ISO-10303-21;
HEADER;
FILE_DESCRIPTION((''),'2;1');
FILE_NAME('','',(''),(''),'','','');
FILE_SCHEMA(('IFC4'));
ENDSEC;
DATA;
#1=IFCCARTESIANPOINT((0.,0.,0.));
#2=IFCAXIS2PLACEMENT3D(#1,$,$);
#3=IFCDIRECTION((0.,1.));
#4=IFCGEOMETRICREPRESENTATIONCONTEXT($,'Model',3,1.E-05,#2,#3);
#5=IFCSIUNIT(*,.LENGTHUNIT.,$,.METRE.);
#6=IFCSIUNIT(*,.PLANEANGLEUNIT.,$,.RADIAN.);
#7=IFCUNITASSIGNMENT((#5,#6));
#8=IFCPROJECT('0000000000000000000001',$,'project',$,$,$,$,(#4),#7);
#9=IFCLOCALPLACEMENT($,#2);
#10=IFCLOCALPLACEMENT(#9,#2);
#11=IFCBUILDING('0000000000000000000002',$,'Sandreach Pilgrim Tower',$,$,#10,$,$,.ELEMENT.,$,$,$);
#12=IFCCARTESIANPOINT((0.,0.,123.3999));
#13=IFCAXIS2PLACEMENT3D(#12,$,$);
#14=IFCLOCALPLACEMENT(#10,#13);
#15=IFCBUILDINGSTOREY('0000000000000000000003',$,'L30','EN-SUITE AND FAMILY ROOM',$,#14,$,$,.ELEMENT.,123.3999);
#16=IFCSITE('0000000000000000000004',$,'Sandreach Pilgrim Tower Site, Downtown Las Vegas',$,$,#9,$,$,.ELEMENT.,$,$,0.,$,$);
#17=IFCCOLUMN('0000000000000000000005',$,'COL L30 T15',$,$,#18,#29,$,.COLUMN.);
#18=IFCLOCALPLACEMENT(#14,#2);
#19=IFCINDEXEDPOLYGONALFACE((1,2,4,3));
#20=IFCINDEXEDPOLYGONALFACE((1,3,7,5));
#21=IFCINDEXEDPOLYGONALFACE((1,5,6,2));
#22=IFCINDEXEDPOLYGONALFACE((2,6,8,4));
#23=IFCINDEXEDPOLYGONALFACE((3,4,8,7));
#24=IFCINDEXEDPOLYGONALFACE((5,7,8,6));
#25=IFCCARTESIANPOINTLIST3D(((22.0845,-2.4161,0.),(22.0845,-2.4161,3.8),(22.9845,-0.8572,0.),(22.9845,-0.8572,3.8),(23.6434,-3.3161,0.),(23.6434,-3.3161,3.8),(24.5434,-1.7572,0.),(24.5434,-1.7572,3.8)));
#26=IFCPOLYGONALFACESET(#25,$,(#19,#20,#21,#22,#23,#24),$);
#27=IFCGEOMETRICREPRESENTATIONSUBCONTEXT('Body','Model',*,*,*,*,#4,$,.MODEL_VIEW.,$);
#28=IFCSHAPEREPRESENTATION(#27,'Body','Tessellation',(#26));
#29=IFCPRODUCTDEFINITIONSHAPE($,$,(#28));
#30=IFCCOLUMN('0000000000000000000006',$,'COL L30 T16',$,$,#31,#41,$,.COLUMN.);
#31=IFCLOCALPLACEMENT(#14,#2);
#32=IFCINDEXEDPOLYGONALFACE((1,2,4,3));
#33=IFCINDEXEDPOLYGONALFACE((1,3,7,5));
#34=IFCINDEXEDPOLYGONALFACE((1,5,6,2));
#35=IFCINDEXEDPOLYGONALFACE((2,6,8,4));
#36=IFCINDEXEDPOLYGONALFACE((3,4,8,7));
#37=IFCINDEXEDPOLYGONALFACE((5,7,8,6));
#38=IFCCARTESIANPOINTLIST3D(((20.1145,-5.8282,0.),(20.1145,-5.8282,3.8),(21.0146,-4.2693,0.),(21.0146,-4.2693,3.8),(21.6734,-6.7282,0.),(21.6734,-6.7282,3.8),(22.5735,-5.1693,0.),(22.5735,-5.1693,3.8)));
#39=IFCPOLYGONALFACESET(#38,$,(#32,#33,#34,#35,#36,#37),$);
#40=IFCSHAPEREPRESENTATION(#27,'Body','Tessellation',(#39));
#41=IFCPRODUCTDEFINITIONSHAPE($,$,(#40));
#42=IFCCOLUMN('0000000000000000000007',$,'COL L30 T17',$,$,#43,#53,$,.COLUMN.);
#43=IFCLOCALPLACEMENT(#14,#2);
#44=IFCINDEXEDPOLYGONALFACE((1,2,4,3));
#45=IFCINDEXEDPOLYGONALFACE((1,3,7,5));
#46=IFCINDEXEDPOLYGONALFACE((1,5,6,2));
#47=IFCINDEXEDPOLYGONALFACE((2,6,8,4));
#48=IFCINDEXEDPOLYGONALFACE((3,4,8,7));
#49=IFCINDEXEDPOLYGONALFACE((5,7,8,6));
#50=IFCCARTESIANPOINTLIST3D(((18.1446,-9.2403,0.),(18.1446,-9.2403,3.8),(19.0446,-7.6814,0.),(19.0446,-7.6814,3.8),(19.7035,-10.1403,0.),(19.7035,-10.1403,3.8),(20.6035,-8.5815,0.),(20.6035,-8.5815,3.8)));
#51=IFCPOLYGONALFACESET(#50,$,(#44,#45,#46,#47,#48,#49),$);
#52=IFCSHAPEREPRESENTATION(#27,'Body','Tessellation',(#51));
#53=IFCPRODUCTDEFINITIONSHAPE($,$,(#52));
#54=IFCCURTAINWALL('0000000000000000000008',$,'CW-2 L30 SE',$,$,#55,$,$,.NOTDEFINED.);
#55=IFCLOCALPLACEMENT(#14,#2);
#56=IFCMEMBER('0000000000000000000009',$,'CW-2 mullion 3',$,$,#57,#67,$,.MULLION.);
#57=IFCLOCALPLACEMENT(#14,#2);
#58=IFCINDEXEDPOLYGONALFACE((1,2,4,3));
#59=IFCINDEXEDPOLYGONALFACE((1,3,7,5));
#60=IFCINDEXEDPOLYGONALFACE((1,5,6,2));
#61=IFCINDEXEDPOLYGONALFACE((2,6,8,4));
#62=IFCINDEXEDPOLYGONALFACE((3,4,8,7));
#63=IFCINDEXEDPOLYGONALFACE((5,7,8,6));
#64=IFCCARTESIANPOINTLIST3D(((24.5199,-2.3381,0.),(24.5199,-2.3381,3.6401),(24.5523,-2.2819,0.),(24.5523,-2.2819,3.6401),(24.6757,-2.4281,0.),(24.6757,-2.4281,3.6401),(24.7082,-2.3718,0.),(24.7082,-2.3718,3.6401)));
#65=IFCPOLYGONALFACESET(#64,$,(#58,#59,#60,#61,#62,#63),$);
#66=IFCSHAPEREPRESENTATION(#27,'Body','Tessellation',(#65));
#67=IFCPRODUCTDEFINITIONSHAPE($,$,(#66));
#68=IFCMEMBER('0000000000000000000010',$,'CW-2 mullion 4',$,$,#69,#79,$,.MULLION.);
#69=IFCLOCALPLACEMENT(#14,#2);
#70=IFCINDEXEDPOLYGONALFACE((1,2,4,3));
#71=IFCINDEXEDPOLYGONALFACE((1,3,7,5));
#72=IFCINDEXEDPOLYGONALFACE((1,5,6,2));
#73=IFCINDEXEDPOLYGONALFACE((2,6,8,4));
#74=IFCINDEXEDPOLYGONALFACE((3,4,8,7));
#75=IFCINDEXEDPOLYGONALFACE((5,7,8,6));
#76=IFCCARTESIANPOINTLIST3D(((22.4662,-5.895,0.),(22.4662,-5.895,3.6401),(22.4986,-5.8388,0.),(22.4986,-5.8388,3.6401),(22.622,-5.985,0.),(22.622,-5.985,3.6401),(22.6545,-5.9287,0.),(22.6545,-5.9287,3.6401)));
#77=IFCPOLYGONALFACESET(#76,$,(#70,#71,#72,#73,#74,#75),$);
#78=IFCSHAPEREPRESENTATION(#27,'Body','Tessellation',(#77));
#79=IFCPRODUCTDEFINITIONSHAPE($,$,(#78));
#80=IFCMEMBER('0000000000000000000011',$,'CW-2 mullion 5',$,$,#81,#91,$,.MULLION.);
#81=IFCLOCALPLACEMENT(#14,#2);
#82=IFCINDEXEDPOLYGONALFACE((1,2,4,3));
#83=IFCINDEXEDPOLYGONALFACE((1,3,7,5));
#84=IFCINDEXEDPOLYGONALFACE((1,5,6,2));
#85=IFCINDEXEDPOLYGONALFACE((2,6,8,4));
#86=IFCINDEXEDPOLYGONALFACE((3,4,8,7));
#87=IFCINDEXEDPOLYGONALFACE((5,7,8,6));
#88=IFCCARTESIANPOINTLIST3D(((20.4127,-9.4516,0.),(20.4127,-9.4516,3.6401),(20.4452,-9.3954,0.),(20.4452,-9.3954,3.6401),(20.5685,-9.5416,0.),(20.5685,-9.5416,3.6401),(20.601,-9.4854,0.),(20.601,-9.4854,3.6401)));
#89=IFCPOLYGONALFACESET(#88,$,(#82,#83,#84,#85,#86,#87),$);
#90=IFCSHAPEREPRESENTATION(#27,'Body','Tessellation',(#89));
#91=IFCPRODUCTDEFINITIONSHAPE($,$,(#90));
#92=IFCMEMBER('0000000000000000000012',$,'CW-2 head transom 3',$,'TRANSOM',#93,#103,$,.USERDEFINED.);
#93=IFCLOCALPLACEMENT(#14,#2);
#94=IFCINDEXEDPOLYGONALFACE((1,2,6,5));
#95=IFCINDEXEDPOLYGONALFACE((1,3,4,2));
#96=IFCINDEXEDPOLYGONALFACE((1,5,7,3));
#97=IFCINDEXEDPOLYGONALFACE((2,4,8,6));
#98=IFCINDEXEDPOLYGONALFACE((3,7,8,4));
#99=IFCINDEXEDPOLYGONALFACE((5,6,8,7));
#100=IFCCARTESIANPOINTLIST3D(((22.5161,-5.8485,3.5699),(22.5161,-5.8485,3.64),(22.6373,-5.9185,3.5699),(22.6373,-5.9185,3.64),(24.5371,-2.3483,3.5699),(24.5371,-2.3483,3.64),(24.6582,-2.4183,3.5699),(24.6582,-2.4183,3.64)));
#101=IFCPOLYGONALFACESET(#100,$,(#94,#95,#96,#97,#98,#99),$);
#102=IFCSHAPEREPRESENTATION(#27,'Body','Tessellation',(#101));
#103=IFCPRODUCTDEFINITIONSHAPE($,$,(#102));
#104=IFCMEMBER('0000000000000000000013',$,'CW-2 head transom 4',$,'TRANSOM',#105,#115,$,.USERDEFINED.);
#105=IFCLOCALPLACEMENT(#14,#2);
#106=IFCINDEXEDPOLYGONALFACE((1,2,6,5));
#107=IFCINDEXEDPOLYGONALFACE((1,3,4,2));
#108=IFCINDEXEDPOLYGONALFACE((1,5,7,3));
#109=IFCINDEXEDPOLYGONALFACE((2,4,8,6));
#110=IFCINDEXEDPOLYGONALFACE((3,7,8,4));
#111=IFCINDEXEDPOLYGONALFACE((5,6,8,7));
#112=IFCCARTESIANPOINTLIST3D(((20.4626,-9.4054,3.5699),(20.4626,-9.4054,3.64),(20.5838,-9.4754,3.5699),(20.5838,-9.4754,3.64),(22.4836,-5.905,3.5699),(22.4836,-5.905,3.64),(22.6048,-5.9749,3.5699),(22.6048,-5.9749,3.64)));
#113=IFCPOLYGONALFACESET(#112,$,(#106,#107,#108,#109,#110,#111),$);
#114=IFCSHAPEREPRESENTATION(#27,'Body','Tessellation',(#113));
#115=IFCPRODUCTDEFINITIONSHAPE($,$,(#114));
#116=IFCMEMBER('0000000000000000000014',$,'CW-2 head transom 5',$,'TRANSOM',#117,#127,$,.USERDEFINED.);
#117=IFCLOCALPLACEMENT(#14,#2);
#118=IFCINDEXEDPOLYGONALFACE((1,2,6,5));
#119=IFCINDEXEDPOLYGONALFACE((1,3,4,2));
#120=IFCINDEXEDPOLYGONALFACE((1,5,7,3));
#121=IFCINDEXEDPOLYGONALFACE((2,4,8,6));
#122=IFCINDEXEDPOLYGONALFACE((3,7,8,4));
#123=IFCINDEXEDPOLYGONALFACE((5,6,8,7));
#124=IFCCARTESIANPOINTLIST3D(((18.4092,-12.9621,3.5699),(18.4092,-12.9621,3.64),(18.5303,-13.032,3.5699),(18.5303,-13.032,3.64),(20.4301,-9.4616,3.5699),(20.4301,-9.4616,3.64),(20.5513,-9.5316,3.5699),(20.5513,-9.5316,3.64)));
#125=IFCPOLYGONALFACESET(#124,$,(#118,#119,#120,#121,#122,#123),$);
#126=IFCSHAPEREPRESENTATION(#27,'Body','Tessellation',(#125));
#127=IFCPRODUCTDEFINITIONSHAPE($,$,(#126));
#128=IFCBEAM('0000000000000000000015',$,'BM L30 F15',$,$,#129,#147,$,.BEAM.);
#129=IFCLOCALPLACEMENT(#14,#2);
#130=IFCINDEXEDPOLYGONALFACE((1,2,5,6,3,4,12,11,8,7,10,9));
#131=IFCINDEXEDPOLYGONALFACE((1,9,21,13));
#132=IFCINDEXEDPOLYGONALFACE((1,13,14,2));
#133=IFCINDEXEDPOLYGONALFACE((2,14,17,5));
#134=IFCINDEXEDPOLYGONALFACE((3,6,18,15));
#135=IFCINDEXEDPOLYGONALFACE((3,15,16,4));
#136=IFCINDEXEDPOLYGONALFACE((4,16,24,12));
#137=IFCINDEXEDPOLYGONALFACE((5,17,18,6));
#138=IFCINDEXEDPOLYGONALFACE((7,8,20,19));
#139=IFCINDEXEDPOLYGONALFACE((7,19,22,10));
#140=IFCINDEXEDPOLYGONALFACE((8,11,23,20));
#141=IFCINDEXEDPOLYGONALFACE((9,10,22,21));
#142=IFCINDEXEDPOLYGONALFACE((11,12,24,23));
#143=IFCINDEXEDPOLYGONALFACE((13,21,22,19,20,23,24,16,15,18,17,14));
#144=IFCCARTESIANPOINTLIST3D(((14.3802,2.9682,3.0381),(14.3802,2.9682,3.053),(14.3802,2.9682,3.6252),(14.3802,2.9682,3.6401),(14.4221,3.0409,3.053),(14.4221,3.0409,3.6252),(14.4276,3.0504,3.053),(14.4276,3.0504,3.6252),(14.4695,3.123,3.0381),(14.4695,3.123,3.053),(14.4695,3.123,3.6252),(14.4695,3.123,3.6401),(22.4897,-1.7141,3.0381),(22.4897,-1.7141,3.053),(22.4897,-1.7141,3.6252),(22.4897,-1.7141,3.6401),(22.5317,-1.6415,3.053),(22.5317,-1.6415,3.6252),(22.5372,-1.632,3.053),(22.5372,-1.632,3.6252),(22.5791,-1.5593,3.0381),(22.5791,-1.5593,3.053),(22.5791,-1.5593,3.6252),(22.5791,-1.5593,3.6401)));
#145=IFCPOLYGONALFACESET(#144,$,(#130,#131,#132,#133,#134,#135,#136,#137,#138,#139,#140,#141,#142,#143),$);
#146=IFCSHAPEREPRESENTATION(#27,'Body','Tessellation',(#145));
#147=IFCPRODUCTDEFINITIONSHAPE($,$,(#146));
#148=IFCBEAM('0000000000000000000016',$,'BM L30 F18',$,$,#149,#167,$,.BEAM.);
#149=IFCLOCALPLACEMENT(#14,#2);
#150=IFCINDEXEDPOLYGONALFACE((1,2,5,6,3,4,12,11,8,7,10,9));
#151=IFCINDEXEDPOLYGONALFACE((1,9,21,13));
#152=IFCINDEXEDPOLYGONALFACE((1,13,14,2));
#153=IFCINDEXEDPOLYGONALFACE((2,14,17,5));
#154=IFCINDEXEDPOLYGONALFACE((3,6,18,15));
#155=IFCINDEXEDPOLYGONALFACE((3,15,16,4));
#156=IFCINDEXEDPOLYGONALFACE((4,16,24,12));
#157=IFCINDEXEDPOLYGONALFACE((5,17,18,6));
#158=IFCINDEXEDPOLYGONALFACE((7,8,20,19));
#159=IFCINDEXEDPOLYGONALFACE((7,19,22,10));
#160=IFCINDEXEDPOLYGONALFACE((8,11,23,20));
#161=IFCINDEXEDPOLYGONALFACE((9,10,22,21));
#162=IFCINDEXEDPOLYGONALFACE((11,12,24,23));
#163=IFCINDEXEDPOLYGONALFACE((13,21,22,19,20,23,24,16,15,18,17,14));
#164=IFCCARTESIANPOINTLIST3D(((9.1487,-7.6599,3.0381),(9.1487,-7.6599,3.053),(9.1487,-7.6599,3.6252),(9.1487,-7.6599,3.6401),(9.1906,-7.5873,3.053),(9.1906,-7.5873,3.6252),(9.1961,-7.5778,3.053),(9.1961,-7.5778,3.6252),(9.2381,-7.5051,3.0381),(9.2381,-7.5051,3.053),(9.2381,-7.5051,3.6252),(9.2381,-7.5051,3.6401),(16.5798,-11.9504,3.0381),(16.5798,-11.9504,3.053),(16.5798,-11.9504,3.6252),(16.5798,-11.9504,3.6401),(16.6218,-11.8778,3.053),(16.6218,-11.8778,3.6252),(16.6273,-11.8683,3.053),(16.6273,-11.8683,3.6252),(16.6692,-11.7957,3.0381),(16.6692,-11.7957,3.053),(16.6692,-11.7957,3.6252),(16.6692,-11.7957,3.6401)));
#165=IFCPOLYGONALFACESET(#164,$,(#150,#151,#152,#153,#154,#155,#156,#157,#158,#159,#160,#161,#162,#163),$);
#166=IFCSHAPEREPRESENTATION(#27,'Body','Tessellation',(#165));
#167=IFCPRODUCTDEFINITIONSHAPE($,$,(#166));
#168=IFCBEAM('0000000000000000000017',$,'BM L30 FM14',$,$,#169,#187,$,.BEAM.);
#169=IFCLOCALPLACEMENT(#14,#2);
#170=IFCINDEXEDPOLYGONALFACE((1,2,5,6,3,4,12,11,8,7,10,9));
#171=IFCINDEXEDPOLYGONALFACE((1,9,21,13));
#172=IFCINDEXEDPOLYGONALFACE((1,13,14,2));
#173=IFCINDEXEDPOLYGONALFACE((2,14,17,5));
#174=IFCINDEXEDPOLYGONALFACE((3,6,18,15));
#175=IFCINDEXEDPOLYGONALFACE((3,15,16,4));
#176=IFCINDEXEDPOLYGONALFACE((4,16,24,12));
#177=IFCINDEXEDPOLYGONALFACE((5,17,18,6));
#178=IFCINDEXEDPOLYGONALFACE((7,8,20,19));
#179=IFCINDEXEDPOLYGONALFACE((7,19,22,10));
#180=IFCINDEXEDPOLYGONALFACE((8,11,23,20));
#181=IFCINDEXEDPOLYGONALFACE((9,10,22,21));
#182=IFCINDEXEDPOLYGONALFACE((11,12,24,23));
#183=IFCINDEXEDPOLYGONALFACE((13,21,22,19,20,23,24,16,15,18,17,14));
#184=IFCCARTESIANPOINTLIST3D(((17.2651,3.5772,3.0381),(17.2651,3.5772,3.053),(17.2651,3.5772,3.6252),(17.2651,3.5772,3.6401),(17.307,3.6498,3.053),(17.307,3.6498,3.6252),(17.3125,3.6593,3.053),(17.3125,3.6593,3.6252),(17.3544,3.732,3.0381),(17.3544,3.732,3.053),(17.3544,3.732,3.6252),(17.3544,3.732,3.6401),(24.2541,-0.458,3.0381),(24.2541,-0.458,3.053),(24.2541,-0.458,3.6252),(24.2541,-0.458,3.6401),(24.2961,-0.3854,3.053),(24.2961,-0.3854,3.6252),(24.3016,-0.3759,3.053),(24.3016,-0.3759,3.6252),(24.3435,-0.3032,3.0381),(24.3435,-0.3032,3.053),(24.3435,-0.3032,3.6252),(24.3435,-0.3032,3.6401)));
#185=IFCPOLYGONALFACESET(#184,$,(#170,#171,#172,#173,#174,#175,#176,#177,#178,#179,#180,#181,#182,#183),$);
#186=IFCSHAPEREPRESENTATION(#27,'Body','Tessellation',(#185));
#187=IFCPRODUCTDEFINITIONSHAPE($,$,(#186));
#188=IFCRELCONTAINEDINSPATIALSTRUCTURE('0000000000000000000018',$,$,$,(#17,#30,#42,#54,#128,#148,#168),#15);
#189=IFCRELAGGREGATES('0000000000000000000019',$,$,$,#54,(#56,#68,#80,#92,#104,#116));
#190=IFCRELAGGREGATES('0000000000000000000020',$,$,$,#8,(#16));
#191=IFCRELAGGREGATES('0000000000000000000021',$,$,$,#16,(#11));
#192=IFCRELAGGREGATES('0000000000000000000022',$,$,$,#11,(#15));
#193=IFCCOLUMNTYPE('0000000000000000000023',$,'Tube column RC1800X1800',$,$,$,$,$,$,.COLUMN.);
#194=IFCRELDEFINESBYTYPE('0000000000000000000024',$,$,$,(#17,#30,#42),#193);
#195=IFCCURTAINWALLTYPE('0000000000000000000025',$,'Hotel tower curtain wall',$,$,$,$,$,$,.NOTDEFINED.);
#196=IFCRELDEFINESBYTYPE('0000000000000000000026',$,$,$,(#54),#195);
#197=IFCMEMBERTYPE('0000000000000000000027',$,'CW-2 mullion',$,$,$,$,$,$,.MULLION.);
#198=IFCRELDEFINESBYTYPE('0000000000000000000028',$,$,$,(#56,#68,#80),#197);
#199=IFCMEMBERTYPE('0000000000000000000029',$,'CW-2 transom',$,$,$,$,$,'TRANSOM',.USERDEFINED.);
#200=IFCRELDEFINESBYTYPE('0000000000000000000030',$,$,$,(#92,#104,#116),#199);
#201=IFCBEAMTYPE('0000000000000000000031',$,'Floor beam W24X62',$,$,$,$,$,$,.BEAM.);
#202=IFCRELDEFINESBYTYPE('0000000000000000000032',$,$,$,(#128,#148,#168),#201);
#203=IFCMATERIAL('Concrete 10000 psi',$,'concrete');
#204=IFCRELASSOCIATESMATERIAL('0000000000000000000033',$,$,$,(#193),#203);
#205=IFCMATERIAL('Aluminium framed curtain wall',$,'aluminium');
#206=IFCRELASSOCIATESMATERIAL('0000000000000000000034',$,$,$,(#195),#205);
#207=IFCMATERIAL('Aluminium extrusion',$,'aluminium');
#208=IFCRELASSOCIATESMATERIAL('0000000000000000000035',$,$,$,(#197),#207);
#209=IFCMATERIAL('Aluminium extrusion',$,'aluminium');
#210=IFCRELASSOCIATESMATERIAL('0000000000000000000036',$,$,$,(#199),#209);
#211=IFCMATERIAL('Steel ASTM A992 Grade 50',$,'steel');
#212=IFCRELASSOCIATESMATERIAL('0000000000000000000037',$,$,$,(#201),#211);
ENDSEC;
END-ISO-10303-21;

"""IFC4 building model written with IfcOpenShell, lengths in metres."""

from ifc_helpers import new_model, si_unit, direction, frame, origin, origin_2d, place, context, subcontext, project, spatial, rectangle, i_section, extrude, material, material_profile, profile_set, type_object, element, aggregate, save


model = new_model("IFC4")

# Units and contexts
model_context = context("Model", 3, precision=1e-05, world=origin(), true_north=direction((0.0, 1.0)))
body_context = subcontext(model_context, "Body", "Model", "MODEL_VIEW")
ifc_project = project(units=[si_unit("LENGTHUNIT", "METRE"), si_unit("PLANEANGLEUNIT", "RADIAN")], contexts=[model_context])

# Site, building, storey
site_placement = place(None, origin())
site = spatial("IfcSite", under=ifc_project, at=site_placement, Name="Sandreach Pilgrim Tower Site, Downtown Las Vegas", CompositionType="ELEMENT", RefElevation=0.0)
building_placement = place(site_placement, origin())
building = spatial("IfcBuilding", under=site, at=building_placement, Name="Sandreach Pilgrim Tower", CompositionType="ELEMENT")
storey_placement = place(building_placement, frame((0.0, 0.0, 123.3999)))
storey = spatial("IfcBuildingStorey", under=building, at=storey_placement, Name="L30", Description="EN-SUITE AND FAMILY ROOM", CompositionType="ELEMENT", Elevation=123.3999)

# Columns
ifc_material_1 = material(Name="Concrete 10000 psi", Category="concrete")
ifc_material_profile_1 = material_profile(ifc_material_1, rectangle(XDim=1.8, YDim=1.8, at=origin_2d()), Name="RC1800X1800")
ifc_profile_set_1 = profile_set([ifc_material_profile_1], Name="Concrete 10000 psi")
column_type = type_object("IfcColumnType", Name="Tube column RC1800X1800", PredefinedType="COLUMN", material=ifc_profile_set_1)
for number, where, z_axis, x_axis, name in (
    (1, (23.314, -2.0867, 0.0), (0.0, 0.0, 1.0), (0.866025, -0.5, 0.0), "COL L30 T15"),
    (2, (21.344, -5.4988, 0.0), (0.0, 0.0, 1.0), (0.866025, -0.5, 0.0), "COL L30 T16"),
    (3, (19.374, -8.9109, 0.0), (0.0, 0.0, 1.0), (0.866025, -0.5, 0.0), "COL L30 T17"),
):
    element("IfcColumn", number, at=place(storey_placement, frame(where, z_axis=z_axis, x_axis=x_axis)), inside=storey, type_object=column_type, Name=name, PredefinedType="COLUMN", context=body_context, shape_type="SweptSolid", body=[
        extrude(rectangle(XDim=1.8, YDim=1.8, at=origin_2d()), origin(), (0.0, 0.0, 1.0), 3.8),
    ])

# Curtain wall, members
ifc_material_2 = material(Name="Aluminium framed curtain wall", Category="aluminium")
curtain_wall_type = type_object("IfcCurtainWallType", Name="Hotel tower curtain wall", PredefinedType="NOTDEFINED", material=ifc_material_2)
curtain_wall_placement = place(storey_placement, origin())
curtain_wall = element("IfcCurtainWall", 4, at=curtain_wall_placement, inside=storey, type_object=curtain_wall_type, Name="CW-2 L30 SE", PredefinedType="NOTDEFINED")
ifc_material_3 = material(Name="Aluminium extrusion", Category="aluminium")
ifc_material_profile_2 = material_profile(ifc_material_3, rectangle(XDim=0.0649, YDim=0.1799, at=origin_2d()), Name="CW-2M 65X180")
ifc_profile_set_2 = profile_set([ifc_material_profile_2], Name="Aluminium extrusion")
member_type_1 = type_object("IfcMemberType", Name="CW-2 mullion", PredefinedType="MULLION", material=ifc_profile_set_2)
member_1_placement = place(storey_placement, frame((24.614, -2.355, 0.0), z_axis=(0.0, 0.0, 1.0), x_axis=(-0.5, -0.866025, 0.0)))
member_1 = element("IfcMember", 5, at=member_1_placement, type_object=member_type_1, Name="CW-2 mullion 3", PredefinedType="MULLION", context=body_context, shape_type="SweptSolid", body=[
    extrude(rectangle(XDim=0.0649, YDim=0.1799, at=origin_2d()), origin(), (0.0, 0.0, 1.0), 3.6401),
])
member_2_placement = place(storey_placement, frame((22.5603, -5.9119, 0.0), z_axis=(0.0, 0.0, 1.0), x_axis=(-0.5, -0.866025, 0.0)))
member_2 = element("IfcMember", 6, at=member_2_placement, type_object=member_type_1, Name="CW-2 mullion 4", PredefinedType="MULLION", context=body_context, shape_type="SweptSolid", body=[
    extrude(rectangle(XDim=0.0649, YDim=0.1799, at=origin_2d()), origin(), (0.0, 0.0, 1.0), 3.6401),
])
member_3_placement = place(storey_placement, frame((20.5068, -9.4685, 0.0), z_axis=(0.0, 0.0, 1.0), x_axis=(-0.5, -0.866025, 0.0)))
member_3 = element("IfcMember", 7, at=member_3_placement, type_object=member_type_1, Name="CW-2 mullion 5", PredefinedType="MULLION", context=body_context, shape_type="SweptSolid", body=[
    extrude(rectangle(XDim=0.0649, YDim=0.1799, at=origin_2d()), origin(), (0.0, 0.0, 1.0), 3.6401),
])
ifc_material_4 = material(Name="Aluminium extrusion", Category="aluminium")
ifc_material_profile_3 = material_profile(ifc_material_4, rectangle(XDim=0.1399, YDim=0.0701, at=origin_2d()), Name="CW-2T 140X70")
ifc_profile_set_3 = profile_set([ifc_material_profile_3], Name="Aluminium extrusion")
member_type_2 = type_object("IfcMemberType", Name="CW-2 transom", ElementType="TRANSOM", PredefinedType="USERDEFINED", material=ifc_profile_set_3)
member_4_placement = place(storey_placement, frame((24.5977, -2.3833, 3.605), z_axis=(-0.500024, -0.866012, 0.0), x_axis=(0.866012, -0.500024, 0.0)))
member_4 = element("IfcMember", 8, at=member_4_placement, type_object=member_type_2, Name="CW-2 head transom 3", ObjectType="TRANSOM", PredefinedType="USERDEFINED", context=body_context, shape_type="SweptSolid", body=[
    extrude(rectangle(XDim=0.1399, YDim=0.0701, at=origin_2d()), origin(), (0.0, 0.0, 1.0), 4.0417),
])
member_5_placement = place(storey_placement, frame((22.5442, -5.9399, 3.605), z_axis=(-0.499998, -0.866027, 0.0), x_axis=(0.866027, -0.499998, 0.0)))
member_5 = element("IfcMember", 9, at=member_5_placement, type_object=member_type_2, Name="CW-2 head transom 4", ObjectType="TRANSOM", PredefinedType="USERDEFINED", context=body_context, shape_type="SweptSolid", body=[
    extrude(rectangle(XDim=0.1399, YDim=0.0701, at=origin_2d()), origin(), (0.0, 0.0, 1.0), 4.042),
])
member_6_placement = place(storey_placement, frame((20.4907, -9.4966, 3.605), z_axis=(-0.499998, -0.866027, 0.0), x_axis=(0.866027, -0.499998, 0.0)))
member_6 = element("IfcMember", 10, at=member_6_placement, type_object=member_type_2, Name="CW-2 head transom 5", ObjectType="TRANSOM", PredefinedType="USERDEFINED", context=body_context, shape_type="SweptSolid", body=[
    extrude(rectangle(XDim=0.1399, YDim=0.0701, at=origin_2d()), origin(), (0.0, 0.0, 1.0), 4.042),
])

# Beams
ifc_material_5 = material(Name="Steel ASTM A992 Grade 50", Category="steel")
ifc_material_profile_4 = material_profile(ifc_material_5, i_section(OverallWidth=0.1787, OverallDepth=0.6021, WebThickness=0.011, FlangeThickness=0.0149, at=origin_2d()), Name="W24X62")
ifc_profile_set_4 = profile_set([ifc_material_profile_4], Name="Steel ASTM A992 Grade 50")
beam_type_1 = type_object("IfcBeamType", Name="Floor beam W24X62", PredefinedType="BEAM", material=ifc_profile_set_4)
beam_1_placement = place(storey_placement, frame((22.5344, -1.6367, 3.3391), z_axis=(-0.866012, 0.500023, 0.0), x_axis=(-0.500023, -0.866012, 0.0)))
element("IfcBeam", 11, at=beam_1_placement, inside=storey, type_object=beam_type_1, Name="BM L30 F15", PredefinedType="BEAM", context=body_context, shape_type="SweptSolid", body=[
    extrude(i_section(OverallWidth=0.1787, OverallDepth=0.6021, WebThickness=0.011, FlangeThickness=0.0149, at=origin_2d()), origin(), (0.0, 0.0, 1.0), 9.3643),
])
beam_2_placement = place(storey_placement, frame((16.6245, -11.873, 3.3391), z_axis=(-0.866018, 0.500013, 0.0), x_axis=(-0.500013, -0.866018, 0.0)))
element("IfcBeam", 12, at=beam_2_placement, inside=storey, type_object=beam_type_1, Name="BM L30 F18", PredefinedType="BEAM", context=body_context, shape_type="SweptSolid", body=[
    extrude(i_section(OverallWidth=0.1787, OverallDepth=0.6021, WebThickness=0.011, FlangeThickness=0.0149, at=origin_2d()), origin(), (0.0, 0.0, 1.0), 8.5808),
])
beam_3_placement = place(storey_placement, frame((24.2988, -0.3806, 3.3391), z_axis=(-0.866023, 0.500004, 0.0), x_axis=(-0.500004, -0.866023, 0.0)))
element("IfcBeam", 13, at=beam_3_placement, inside=storey, type_object=beam_type_1, Name="BM L30 FM14", PredefinedType="BEAM", context=body_context, shape_type="SweptSolid", body=[
    extrude(i_section(OverallWidth=0.1787, OverallDepth=0.6021, WebThickness=0.011, FlangeThickness=0.0149, at=origin_2d()), origin(), (0.0, 0.0, 1.0), 8.0703),
])

aggregate(curtain_wall, [member_1, member_2, member_3, member_4, member_5, member_6])

save(model, "model.ifc")
